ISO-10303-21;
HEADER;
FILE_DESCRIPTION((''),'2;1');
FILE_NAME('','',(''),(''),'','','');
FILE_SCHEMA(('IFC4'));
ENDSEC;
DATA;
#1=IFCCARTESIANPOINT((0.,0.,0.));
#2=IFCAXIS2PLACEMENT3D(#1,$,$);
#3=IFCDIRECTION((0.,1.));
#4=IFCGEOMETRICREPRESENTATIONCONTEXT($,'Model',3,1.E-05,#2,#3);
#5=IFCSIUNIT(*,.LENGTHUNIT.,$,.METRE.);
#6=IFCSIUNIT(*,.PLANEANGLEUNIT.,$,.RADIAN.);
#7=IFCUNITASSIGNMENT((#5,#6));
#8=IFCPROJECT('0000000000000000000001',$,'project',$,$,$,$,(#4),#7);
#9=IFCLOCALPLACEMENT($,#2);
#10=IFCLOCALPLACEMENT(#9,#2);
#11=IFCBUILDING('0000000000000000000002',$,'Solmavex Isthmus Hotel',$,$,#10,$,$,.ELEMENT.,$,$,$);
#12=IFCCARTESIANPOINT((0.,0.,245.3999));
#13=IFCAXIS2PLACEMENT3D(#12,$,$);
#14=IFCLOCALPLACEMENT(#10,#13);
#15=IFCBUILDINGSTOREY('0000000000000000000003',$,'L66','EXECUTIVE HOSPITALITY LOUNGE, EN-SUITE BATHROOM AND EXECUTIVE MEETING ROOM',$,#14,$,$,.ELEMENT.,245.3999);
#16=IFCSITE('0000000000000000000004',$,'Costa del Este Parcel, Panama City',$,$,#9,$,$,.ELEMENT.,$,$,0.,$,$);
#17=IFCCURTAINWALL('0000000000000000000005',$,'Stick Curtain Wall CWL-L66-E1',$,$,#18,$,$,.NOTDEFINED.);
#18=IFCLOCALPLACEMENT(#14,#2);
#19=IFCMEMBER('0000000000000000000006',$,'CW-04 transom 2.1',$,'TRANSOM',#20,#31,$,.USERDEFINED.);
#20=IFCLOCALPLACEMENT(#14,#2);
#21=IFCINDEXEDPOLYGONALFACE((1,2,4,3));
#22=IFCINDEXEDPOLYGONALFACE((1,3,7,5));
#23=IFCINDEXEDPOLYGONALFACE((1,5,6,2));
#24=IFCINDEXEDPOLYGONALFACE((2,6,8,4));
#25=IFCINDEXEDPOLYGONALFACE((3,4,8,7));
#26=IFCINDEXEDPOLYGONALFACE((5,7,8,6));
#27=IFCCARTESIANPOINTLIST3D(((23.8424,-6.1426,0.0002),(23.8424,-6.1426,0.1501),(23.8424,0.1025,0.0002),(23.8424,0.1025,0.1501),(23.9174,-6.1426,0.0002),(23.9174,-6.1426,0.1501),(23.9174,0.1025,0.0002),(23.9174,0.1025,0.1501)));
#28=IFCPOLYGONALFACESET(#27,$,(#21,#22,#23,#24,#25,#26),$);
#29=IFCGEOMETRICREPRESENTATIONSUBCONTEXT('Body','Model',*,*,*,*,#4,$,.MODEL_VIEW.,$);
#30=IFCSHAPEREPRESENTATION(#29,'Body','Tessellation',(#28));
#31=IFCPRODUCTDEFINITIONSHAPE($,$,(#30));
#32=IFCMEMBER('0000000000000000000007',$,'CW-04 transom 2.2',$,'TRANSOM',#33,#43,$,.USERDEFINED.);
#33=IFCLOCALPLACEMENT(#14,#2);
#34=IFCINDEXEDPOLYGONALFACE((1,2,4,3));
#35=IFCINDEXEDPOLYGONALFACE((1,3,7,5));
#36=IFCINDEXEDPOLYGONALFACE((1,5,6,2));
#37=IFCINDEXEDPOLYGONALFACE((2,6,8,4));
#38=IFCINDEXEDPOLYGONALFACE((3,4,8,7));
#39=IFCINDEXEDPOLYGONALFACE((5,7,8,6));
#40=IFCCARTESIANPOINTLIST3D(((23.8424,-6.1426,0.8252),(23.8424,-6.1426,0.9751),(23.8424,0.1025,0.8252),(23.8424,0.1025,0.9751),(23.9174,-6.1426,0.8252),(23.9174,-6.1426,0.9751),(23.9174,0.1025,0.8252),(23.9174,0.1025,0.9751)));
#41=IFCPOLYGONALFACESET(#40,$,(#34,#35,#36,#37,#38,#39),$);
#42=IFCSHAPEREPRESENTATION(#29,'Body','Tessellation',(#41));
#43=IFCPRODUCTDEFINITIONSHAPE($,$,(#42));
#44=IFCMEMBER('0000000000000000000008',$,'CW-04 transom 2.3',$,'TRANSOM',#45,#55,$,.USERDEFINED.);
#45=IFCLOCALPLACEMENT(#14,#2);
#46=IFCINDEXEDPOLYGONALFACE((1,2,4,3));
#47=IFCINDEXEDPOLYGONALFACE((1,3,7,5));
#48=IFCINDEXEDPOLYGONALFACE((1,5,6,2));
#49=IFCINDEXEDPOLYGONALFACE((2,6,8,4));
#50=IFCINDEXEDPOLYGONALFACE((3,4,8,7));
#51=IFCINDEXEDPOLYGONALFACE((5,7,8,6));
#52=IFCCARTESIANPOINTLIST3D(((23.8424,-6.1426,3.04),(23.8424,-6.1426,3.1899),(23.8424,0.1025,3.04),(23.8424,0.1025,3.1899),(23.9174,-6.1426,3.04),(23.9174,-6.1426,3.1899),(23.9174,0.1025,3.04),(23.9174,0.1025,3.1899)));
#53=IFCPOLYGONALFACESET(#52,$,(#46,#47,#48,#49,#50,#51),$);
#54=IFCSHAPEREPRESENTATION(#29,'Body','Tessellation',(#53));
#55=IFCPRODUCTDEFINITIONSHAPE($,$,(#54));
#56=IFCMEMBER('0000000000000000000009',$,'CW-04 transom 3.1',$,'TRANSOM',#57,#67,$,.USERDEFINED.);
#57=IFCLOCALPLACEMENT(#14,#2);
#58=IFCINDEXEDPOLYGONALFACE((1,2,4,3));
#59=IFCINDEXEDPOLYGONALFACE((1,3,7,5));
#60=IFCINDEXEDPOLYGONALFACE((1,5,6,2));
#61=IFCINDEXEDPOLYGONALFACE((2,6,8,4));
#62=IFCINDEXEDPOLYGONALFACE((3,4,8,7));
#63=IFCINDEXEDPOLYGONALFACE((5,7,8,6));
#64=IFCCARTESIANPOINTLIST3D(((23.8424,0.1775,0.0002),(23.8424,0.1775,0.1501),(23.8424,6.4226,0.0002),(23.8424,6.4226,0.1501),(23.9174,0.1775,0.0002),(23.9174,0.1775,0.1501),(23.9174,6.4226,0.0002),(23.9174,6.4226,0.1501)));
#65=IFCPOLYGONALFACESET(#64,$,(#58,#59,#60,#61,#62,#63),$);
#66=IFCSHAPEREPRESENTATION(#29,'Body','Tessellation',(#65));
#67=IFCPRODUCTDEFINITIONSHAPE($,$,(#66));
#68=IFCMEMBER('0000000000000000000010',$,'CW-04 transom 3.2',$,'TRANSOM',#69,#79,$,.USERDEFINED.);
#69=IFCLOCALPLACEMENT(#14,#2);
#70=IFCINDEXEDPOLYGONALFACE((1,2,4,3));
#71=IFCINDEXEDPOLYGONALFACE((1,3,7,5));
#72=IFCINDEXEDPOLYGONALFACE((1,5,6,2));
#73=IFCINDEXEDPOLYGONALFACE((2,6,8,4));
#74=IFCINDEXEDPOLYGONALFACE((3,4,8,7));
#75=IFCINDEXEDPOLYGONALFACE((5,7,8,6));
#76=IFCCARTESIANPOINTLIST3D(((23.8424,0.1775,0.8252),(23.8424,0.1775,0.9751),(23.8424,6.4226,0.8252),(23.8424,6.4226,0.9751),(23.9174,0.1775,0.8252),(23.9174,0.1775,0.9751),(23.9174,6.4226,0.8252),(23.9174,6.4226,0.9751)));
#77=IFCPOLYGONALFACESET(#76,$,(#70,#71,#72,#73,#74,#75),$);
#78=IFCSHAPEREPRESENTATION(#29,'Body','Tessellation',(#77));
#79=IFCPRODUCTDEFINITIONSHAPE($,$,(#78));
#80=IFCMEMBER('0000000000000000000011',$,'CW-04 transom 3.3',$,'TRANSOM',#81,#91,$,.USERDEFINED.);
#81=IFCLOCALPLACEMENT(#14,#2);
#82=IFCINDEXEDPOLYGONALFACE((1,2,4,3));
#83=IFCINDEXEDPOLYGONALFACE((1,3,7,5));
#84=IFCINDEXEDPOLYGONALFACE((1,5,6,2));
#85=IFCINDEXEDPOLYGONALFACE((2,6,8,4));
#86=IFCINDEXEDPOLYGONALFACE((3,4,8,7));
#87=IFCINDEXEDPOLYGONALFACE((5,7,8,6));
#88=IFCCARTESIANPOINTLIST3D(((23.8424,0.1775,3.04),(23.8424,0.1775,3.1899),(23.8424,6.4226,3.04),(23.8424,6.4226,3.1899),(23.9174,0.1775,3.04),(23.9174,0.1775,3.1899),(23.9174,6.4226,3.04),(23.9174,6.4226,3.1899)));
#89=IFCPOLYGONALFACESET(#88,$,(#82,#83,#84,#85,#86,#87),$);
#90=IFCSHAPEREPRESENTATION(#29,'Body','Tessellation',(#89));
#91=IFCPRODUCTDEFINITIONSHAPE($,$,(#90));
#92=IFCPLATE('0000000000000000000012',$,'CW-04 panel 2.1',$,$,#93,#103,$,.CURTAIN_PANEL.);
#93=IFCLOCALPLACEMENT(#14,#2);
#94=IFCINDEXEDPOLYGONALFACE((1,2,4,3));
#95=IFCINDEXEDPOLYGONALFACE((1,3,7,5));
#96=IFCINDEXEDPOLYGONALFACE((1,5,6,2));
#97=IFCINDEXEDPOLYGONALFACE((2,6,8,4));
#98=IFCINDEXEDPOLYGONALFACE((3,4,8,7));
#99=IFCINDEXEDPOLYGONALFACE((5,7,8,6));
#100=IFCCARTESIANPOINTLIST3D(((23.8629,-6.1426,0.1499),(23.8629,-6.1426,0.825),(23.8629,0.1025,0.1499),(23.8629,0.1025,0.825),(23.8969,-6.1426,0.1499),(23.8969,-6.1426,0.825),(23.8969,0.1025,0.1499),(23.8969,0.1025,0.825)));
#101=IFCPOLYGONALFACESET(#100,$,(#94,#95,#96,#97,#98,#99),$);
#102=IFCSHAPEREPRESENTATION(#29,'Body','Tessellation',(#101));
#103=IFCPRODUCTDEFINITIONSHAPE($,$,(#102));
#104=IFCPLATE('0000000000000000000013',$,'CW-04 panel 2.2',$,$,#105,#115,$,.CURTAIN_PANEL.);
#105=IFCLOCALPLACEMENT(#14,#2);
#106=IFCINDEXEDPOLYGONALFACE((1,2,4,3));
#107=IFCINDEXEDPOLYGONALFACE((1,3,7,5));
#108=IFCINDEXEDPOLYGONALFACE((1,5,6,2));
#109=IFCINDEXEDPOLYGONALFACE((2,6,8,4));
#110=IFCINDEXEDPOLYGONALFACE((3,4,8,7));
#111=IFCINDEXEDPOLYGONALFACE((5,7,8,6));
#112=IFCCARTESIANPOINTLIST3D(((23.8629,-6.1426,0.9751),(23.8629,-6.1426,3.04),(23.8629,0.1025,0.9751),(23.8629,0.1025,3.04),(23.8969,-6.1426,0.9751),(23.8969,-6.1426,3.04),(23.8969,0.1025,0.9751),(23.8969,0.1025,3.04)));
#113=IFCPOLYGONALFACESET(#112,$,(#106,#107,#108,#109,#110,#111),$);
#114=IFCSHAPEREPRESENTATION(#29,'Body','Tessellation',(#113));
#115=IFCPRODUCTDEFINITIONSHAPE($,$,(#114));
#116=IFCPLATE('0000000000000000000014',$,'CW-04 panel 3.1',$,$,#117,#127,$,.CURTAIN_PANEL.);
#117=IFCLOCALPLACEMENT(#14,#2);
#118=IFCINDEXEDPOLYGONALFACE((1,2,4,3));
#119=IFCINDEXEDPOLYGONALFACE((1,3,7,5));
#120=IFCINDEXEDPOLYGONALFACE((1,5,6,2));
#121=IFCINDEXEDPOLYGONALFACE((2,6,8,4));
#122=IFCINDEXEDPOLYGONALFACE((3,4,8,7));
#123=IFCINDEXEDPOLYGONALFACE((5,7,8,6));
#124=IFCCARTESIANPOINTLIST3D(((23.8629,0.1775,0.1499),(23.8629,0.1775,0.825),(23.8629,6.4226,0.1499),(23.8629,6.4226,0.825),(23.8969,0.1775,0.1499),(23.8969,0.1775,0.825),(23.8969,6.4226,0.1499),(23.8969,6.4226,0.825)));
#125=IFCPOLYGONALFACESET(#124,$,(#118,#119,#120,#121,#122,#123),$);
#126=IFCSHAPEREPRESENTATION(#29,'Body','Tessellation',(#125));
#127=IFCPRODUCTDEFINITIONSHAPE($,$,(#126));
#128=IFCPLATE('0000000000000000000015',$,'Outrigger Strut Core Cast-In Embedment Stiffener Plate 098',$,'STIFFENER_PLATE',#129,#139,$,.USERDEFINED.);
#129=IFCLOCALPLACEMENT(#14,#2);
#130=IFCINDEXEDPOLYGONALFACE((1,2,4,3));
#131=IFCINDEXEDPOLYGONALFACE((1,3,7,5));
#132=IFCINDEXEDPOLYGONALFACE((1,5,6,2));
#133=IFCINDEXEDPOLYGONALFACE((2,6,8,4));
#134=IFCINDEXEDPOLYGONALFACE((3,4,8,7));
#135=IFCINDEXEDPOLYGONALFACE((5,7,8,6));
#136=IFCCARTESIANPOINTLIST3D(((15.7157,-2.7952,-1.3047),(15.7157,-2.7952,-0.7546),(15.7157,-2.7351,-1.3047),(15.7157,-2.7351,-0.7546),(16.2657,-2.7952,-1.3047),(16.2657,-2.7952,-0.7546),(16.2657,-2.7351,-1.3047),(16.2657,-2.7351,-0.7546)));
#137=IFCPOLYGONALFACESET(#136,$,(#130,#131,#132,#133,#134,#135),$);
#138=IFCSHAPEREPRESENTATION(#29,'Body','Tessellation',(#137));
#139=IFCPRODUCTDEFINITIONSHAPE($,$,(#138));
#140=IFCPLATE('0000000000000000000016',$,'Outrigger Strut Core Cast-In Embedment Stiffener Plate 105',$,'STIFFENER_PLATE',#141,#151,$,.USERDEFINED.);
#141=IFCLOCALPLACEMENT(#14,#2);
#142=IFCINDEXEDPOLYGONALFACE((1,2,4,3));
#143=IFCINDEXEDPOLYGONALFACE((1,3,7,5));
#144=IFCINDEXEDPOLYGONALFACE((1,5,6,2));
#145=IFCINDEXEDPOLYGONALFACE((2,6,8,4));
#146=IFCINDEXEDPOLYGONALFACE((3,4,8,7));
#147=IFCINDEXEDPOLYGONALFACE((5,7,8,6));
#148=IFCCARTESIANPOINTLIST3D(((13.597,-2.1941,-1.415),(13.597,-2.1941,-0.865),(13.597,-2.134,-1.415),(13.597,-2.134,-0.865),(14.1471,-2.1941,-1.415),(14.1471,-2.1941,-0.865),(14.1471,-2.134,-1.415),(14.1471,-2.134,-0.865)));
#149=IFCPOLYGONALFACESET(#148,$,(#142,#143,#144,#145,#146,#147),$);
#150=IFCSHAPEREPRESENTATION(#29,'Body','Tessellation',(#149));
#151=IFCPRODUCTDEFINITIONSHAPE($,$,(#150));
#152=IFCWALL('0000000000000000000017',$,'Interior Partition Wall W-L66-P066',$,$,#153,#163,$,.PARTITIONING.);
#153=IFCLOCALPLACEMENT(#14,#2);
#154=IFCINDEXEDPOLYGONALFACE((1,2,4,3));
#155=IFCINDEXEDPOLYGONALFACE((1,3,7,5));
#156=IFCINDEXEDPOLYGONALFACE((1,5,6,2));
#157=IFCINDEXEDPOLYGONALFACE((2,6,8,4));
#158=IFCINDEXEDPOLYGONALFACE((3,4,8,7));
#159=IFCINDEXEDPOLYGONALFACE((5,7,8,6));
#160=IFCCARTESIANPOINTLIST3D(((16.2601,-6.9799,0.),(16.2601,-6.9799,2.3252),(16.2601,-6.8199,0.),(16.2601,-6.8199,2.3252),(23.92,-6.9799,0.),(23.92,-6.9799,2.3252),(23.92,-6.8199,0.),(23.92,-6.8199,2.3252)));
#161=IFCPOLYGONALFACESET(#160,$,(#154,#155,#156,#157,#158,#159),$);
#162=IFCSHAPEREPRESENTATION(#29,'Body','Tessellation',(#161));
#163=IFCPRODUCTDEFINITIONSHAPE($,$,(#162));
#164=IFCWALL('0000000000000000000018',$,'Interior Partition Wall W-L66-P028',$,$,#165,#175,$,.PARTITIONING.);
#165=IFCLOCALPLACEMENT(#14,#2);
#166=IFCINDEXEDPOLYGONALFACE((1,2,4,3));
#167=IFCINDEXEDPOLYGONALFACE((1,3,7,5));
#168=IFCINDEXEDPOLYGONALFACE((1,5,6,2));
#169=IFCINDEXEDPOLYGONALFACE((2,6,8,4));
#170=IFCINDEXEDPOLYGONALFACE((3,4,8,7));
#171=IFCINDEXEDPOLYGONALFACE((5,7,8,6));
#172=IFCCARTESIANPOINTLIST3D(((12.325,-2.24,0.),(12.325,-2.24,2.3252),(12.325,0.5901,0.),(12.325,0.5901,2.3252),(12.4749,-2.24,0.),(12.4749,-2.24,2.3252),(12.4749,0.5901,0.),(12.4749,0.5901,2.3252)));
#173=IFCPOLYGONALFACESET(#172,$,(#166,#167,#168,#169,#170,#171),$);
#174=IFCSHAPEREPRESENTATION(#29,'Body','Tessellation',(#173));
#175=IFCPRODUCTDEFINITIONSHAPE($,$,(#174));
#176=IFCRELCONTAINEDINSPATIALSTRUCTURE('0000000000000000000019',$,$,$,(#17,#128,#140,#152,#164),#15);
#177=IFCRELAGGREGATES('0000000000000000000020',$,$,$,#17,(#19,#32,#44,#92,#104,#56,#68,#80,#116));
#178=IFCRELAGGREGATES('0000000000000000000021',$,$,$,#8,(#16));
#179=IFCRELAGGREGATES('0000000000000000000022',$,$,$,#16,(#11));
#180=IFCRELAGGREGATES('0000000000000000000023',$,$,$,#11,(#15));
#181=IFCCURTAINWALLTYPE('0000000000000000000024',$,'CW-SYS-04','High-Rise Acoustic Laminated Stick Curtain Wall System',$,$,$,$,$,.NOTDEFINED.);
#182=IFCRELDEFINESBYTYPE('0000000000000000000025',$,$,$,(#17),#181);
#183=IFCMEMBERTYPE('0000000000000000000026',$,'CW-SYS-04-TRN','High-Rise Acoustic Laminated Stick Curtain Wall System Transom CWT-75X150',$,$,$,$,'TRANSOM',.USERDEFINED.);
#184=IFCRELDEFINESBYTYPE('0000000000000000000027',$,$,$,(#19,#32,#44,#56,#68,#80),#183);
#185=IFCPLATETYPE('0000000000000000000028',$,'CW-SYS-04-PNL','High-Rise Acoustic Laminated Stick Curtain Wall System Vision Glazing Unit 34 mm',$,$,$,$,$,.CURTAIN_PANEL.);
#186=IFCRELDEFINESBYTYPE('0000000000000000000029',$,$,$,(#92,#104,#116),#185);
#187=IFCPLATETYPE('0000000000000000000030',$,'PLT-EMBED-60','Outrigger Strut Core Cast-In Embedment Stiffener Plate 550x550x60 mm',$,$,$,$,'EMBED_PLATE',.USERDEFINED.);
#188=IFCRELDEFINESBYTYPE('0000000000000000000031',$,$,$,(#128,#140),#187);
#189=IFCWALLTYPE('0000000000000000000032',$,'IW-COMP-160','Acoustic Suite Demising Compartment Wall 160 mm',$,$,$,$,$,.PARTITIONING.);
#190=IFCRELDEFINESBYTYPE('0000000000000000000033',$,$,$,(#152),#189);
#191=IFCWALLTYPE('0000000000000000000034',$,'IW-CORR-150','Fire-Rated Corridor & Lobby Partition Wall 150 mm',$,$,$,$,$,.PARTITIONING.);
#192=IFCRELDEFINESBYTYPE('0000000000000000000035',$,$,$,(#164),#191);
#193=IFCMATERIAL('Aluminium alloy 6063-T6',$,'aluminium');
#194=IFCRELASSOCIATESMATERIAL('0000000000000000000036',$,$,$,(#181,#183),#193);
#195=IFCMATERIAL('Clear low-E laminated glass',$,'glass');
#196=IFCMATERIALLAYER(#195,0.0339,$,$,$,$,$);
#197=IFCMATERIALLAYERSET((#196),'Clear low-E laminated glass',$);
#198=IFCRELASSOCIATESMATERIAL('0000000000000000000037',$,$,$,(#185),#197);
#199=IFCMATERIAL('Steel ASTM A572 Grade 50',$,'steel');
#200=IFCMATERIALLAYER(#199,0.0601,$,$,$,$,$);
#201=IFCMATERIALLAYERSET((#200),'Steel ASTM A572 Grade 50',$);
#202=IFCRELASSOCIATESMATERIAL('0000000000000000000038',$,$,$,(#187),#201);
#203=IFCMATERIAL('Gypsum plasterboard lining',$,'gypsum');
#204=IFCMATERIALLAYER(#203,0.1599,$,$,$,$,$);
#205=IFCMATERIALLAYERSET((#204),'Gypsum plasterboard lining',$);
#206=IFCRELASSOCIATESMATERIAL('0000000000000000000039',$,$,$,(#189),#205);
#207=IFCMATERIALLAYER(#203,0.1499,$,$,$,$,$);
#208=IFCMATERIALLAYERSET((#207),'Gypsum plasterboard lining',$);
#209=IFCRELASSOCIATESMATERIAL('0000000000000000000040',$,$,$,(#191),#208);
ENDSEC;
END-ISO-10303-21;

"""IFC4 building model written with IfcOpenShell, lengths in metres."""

from ifc_helpers import new_model, si_unit, direction, frame, frame_2d, origin, origin_2d, place, context, subcontext, project, spatial, rectangle, extrude, material, layer, layer_set, material_profile, profile_set, type_object, element, aggregate, save


model = new_model("IFC4")

# Units and contexts
model_context = context("Model", 3, precision=1e-05, world=origin(), true_north=direction((0.0, 1.0)))
body_context = subcontext(model_context, "Body", "Model", "MODEL_VIEW")
ifc_project = project(units=[si_unit("LENGTHUNIT", "METRE"), si_unit("PLANEANGLEUNIT", "RADIAN")], contexts=[model_context])

# Site, building, storey
site_placement = place(None, origin())
site = spatial("IfcSite", under=ifc_project, at=site_placement, Name="Costa del Este Parcel, Panama City", CompositionType="ELEMENT", RefElevation=0.0)
building_placement = place(site_placement, origin())
building = spatial("IfcBuilding", under=site, at=building_placement, Name="Solmavex Isthmus Hotel", CompositionType="ELEMENT")
storey_placement = place(building_placement, frame((0.0, 0.0, 245.3999)))
storey = spatial("IfcBuildingStorey", under=building, at=storey_placement, Name="L66", Description="EXECUTIVE HOSPITALITY LOUNGE, EN-SUITE BATHROOM AND EXECUTIVE MEETING ROOM", CompositionType="ELEMENT", Elevation=245.3999)

# Shared definitions
ifc_material_1 = material(Name="Steel ASTM A572 Grade 50", Category="steel")

# Curtain wall, members, plates
ifc_material_2 = material(Name="Aluminium alloy 6063-T6", Category="aluminium")
curtain_wall_type = type_object("IfcCurtainWallType", Name="CW-SYS-04", Description="High-Rise Acoustic Laminated Stick Curtain Wall System", PredefinedType="NOTDEFINED", material=ifc_material_2)
curtain_wall_placement = place(storey_placement, origin())
curtain_wall = element("IfcCurtainWall", 1, at=curtain_wall_placement, inside=storey, type_object=curtain_wall_type, Name="Stick Curtain Wall CWL-L66-E1", PredefinedType="NOTDEFINED")
ifc_material_profile_1 = material_profile(ifc_material_2, rectangle(XDim=0.075, YDim=0.1499, at=origin_2d()), Name="CWT-75X150")
ifc_profile_set_1 = profile_set([ifc_material_profile_1], Name="Aluminium alloy 6063-T6")
member_type_1 = type_object("IfcMemberType", Name="CW-SYS-04-TRN", Description="High-Rise Acoustic Laminated Stick Curtain Wall System Transom CWT-75X150", ElementType="TRANSOM", PredefinedType="USERDEFINED", material=ifc_profile_set_1)
member_1_placement = place(storey_placement, frame((23.8799, -6.1426, 0.0752), z_axis=(0.0, 1.0, 0.0), x_axis=(-1.0, 0.0, 0.0)))
member_1 = element("IfcMember", 2, at=member_1_placement, type_object=member_type_1, Name="CW-04 transom 2.1", ObjectType="TRANSOM", PredefinedType="USERDEFINED", context=body_context, shape_type="SweptSolid", body=[
    extrude(rectangle(XDim=0.075, YDim=0.1499, at=origin_2d()), origin(), (0.0, 0.0, 1.0), 6.2451),
])
member_2_placement = place(storey_placement, frame((23.8799, -6.1426, 0.9001), z_axis=(0.0, 1.0, 0.0), x_axis=(-1.0, 0.0, 0.0)))
member_2 = element("IfcMember", 3, at=member_2_placement, type_object=member_type_1, Name="CW-04 transom 2.2", ObjectType="TRANSOM", PredefinedType="USERDEFINED", context=body_context, shape_type="SweptSolid", body=[
    extrude(rectangle(XDim=0.075, YDim=0.1499, at=origin_2d()), origin(), (0.0, 0.0, 1.0), 6.2451),
])
member_3_placement = place(storey_placement, frame((23.8799, -6.1426, 3.115), z_axis=(0.0, 1.0, 0.0), x_axis=(-1.0, 0.0, 0.0)))
member_3 = element("IfcMember", 4, at=member_3_placement, type_object=member_type_1, Name="CW-04 transom 2.3", ObjectType="TRANSOM", PredefinedType="USERDEFINED", context=body_context, shape_type="SweptSolid", body=[
    extrude(rectangle(XDim=0.075, YDim=0.1499, at=origin_2d()), origin(), (0.0, 0.0, 1.0), 6.2451),
])
member_4_placement = place(storey_placement, frame((23.8799, 0.1775, 0.0752), z_axis=(0.0, 1.0, 0.0), x_axis=(-1.0, 0.0, 0.0)))
member_4 = element("IfcMember", 5, at=member_4_placement, type_object=member_type_1, Name="CW-04 transom 3.1", ObjectType="TRANSOM", PredefinedType="USERDEFINED", context=body_context, shape_type="SweptSolid", body=[
    extrude(rectangle(XDim=0.075, YDim=0.1499, at=origin_2d()), origin(), (0.0, 0.0, 1.0), 6.2451),
])
member_5_placement = place(storey_placement, frame((23.8799, 0.1775, 0.9001), z_axis=(0.0, 1.0, 0.0), x_axis=(-1.0, 0.0, 0.0)))
member_5 = element("IfcMember", 6, at=member_5_placement, type_object=member_type_1, Name="CW-04 transom 3.2", ObjectType="TRANSOM", PredefinedType="USERDEFINED", context=body_context, shape_type="SweptSolid", body=[
    extrude(rectangle(XDim=0.075, YDim=0.1499, at=origin_2d()), origin(), (0.0, 0.0, 1.0), 6.2451),
])
member_6_placement = place(storey_placement, frame((23.8799, 0.1775, 3.115), z_axis=(0.0, 1.0, 0.0), x_axis=(-1.0, 0.0, 0.0)))
member_6 = element("IfcMember", 7, at=member_6_placement, type_object=member_type_1, Name="CW-04 transom 3.3", ObjectType="TRANSOM", PredefinedType="USERDEFINED", context=body_context, shape_type="SweptSolid", body=[
    extrude(rectangle(XDim=0.075, YDim=0.1499, at=origin_2d()), origin(), (0.0, 0.0, 1.0), 6.2451),
])
ifc_material_3 = material(Name="Clear low-E laminated glass", Category="glass")
ifc_layer_1 = layer(ifc_material_3, 0.0339)
ifc_layer_set_1 = layer_set([ifc_layer_1], Name="Clear low-E laminated glass")
plate_type_1 = type_object("IfcPlateType", Name="CW-SYS-04-PNL", Description="High-Rise Acoustic Laminated Stick Curtain Wall System Vision Glazing Unit 34 mm", PredefinedType="CURTAIN_PANEL", material=ifc_layer_set_1)
plate_1_placement = place(storey_placement, frame((23.8799, -3.02, 0.1499), z_axis=(0.0, 0.0, 1.0), x_axis=(0.0, 1.0, 0.0)))
plate_1 = element("IfcPlate", 8, at=plate_1_placement, type_object=plate_type_1, Name="CW-04 panel 2.1", PredefinedType="CURTAIN_PANEL", context=body_context, shape_type="SweptSolid", body=[
    extrude(rectangle(XDim=6.2451, YDim=0.0339, at=origin_2d()), origin(), (0.0, 0.0, 1.0), 0.675),
])
plate_2_placement = place(storey_placement, frame((23.8799, -3.02, 0.9751), z_axis=(0.0, 0.0, 1.0), x_axis=(0.0, 1.0, 0.0)))
plate_2 = element("IfcPlate", 9, at=plate_2_placement, type_object=plate_type_1, Name="CW-04 panel 2.2", PredefinedType="CURTAIN_PANEL", context=body_context, shape_type="SweptSolid", body=[
    extrude(rectangle(XDim=6.2451, YDim=0.0339, at=origin_2d()), origin(), (0.0, 0.0, 1.0), 2.0649),
])
plate_3_placement = place(storey_placement, frame((23.8799, 3.3, 0.1499), z_axis=(0.0, 0.0, 1.0), x_axis=(0.0, 1.0, 0.0)))
plate_3 = element("IfcPlate", 10, at=plate_3_placement, type_object=plate_type_1, Name="CW-04 panel 3.1", PredefinedType="CURTAIN_PANEL", context=body_context, shape_type="SweptSolid", body=[
    extrude(rectangle(XDim=6.2451, YDim=0.0339, at=origin_2d()), origin(), (0.0, 0.0, 1.0), 0.675),
])
aggregate(curtain_wall, [member_1, member_2, member_3, plate_1, plate_2, member_4, member_5, member_6, plate_3])

# Plates
ifc_layer_2 = layer(ifc_material_1, 0.0601)
ifc_layer_set_2 = layer_set([ifc_layer_2], Name="Steel ASTM A572 Grade 50")
plate_type_2 = type_object("IfcPlateType", Name="PLT-EMBED-60", Description="Outrigger Strut Core Cast-In Embedment Stiffener Plate 550x550x60 mm", ElementType="EMBED_PLATE", PredefinedType="USERDEFINED", material=ifc_layer_set_2)
for number, where, z_axis, x_axis, name in (
    (11, (15.9907, -2.7651, -1.3047), (0.0, 0.0, 1.0), (1.0, 0.0, 0.0), "Outrigger Strut Core Cast-In Embedment Stiffener Plate 098"),
    (12, (13.8721, -2.1641, -1.415), (0.0, 0.0, 1.0), (1.0, 0.0, 0.0), "Outrigger Strut Core Cast-In Embedment Stiffener Plate 105"),
):
    element("IfcPlate", number, at=place(storey_placement, frame(where, z_axis=z_axis, x_axis=x_axis)), inside=storey, type_object=plate_type_2, Name=name, ObjectType="STIFFENER_PLATE", PredefinedType="USERDEFINED", context=body_context, shape_type="SweptSolid", body=[
        extrude(rectangle(XDim=0.55, YDim=0.0601, at=origin_2d()), origin(), (0.0, 0.0, 1.0), 0.55),
    ])

# Walls
ifc_material_4 = material(Name="Gypsum plasterboard lining", Category="gypsum")
ifc_layer_3 = layer(ifc_material_4, 0.1599)
ifc_layer_set_3 = layer_set([ifc_layer_3], Name="Gypsum plasterboard lining")
wall_type_1 = type_object("IfcWallType", Name="IW-COMP-160", Description="Acoustic Suite Demising Compartment Wall 160 mm", PredefinedType="PARTITIONING", material=ifc_layer_set_3)
wall_1_placement = place(storey_placement, frame((16.26, -6.8999, 0.0), z_axis=(0.0, 0.0, 1.0), x_axis=(1.0, 0.0, 0.0)))
element("IfcWall", 13, at=wall_1_placement, inside=storey, type_object=wall_type_1, Name="Interior Partition Wall W-L66-P066", PredefinedType="PARTITIONING", context=body_context, shape_type="SweptSolid", body=[
    extrude(rectangle(XDim=7.6599, YDim=0.1599, at=frame_2d((3.8301, 0.0))), origin(), (0.0, 0.0, 1.0), 2.3252),
])
ifc_layer_4 = layer(ifc_material_4, 0.1499)
ifc_layer_set_4 = layer_set([ifc_layer_4], Name="Gypsum plasterboard lining")
wall_type_2 = type_object("IfcWallType", Name="IW-CORR-150", Description="Fire-Rated Corridor & Lobby Partition Wall 150 mm", PredefinedType="PARTITIONING", material=ifc_layer_set_4)
wall_2_placement = place(storey_placement, frame((12.3999, 0.5901, 0.0), z_axis=(0.0, 0.0, 1.0), x_axis=(0.0, -1.0, 0.0)))
element("IfcWall", 14, at=wall_2_placement, inside=storey, type_object=wall_type_2, Name="Interior Partition Wall W-L66-P028", PredefinedType="PARTITIONING", context=body_context, shape_type="SweptSolid", body=[
    extrude(rectangle(XDim=2.8301, YDim=0.1499, at=frame_2d((1.415, 0.0))), origin(), (0.0, 0.0, 1.0), 2.3252),
])

save(model, "model.ifc")
